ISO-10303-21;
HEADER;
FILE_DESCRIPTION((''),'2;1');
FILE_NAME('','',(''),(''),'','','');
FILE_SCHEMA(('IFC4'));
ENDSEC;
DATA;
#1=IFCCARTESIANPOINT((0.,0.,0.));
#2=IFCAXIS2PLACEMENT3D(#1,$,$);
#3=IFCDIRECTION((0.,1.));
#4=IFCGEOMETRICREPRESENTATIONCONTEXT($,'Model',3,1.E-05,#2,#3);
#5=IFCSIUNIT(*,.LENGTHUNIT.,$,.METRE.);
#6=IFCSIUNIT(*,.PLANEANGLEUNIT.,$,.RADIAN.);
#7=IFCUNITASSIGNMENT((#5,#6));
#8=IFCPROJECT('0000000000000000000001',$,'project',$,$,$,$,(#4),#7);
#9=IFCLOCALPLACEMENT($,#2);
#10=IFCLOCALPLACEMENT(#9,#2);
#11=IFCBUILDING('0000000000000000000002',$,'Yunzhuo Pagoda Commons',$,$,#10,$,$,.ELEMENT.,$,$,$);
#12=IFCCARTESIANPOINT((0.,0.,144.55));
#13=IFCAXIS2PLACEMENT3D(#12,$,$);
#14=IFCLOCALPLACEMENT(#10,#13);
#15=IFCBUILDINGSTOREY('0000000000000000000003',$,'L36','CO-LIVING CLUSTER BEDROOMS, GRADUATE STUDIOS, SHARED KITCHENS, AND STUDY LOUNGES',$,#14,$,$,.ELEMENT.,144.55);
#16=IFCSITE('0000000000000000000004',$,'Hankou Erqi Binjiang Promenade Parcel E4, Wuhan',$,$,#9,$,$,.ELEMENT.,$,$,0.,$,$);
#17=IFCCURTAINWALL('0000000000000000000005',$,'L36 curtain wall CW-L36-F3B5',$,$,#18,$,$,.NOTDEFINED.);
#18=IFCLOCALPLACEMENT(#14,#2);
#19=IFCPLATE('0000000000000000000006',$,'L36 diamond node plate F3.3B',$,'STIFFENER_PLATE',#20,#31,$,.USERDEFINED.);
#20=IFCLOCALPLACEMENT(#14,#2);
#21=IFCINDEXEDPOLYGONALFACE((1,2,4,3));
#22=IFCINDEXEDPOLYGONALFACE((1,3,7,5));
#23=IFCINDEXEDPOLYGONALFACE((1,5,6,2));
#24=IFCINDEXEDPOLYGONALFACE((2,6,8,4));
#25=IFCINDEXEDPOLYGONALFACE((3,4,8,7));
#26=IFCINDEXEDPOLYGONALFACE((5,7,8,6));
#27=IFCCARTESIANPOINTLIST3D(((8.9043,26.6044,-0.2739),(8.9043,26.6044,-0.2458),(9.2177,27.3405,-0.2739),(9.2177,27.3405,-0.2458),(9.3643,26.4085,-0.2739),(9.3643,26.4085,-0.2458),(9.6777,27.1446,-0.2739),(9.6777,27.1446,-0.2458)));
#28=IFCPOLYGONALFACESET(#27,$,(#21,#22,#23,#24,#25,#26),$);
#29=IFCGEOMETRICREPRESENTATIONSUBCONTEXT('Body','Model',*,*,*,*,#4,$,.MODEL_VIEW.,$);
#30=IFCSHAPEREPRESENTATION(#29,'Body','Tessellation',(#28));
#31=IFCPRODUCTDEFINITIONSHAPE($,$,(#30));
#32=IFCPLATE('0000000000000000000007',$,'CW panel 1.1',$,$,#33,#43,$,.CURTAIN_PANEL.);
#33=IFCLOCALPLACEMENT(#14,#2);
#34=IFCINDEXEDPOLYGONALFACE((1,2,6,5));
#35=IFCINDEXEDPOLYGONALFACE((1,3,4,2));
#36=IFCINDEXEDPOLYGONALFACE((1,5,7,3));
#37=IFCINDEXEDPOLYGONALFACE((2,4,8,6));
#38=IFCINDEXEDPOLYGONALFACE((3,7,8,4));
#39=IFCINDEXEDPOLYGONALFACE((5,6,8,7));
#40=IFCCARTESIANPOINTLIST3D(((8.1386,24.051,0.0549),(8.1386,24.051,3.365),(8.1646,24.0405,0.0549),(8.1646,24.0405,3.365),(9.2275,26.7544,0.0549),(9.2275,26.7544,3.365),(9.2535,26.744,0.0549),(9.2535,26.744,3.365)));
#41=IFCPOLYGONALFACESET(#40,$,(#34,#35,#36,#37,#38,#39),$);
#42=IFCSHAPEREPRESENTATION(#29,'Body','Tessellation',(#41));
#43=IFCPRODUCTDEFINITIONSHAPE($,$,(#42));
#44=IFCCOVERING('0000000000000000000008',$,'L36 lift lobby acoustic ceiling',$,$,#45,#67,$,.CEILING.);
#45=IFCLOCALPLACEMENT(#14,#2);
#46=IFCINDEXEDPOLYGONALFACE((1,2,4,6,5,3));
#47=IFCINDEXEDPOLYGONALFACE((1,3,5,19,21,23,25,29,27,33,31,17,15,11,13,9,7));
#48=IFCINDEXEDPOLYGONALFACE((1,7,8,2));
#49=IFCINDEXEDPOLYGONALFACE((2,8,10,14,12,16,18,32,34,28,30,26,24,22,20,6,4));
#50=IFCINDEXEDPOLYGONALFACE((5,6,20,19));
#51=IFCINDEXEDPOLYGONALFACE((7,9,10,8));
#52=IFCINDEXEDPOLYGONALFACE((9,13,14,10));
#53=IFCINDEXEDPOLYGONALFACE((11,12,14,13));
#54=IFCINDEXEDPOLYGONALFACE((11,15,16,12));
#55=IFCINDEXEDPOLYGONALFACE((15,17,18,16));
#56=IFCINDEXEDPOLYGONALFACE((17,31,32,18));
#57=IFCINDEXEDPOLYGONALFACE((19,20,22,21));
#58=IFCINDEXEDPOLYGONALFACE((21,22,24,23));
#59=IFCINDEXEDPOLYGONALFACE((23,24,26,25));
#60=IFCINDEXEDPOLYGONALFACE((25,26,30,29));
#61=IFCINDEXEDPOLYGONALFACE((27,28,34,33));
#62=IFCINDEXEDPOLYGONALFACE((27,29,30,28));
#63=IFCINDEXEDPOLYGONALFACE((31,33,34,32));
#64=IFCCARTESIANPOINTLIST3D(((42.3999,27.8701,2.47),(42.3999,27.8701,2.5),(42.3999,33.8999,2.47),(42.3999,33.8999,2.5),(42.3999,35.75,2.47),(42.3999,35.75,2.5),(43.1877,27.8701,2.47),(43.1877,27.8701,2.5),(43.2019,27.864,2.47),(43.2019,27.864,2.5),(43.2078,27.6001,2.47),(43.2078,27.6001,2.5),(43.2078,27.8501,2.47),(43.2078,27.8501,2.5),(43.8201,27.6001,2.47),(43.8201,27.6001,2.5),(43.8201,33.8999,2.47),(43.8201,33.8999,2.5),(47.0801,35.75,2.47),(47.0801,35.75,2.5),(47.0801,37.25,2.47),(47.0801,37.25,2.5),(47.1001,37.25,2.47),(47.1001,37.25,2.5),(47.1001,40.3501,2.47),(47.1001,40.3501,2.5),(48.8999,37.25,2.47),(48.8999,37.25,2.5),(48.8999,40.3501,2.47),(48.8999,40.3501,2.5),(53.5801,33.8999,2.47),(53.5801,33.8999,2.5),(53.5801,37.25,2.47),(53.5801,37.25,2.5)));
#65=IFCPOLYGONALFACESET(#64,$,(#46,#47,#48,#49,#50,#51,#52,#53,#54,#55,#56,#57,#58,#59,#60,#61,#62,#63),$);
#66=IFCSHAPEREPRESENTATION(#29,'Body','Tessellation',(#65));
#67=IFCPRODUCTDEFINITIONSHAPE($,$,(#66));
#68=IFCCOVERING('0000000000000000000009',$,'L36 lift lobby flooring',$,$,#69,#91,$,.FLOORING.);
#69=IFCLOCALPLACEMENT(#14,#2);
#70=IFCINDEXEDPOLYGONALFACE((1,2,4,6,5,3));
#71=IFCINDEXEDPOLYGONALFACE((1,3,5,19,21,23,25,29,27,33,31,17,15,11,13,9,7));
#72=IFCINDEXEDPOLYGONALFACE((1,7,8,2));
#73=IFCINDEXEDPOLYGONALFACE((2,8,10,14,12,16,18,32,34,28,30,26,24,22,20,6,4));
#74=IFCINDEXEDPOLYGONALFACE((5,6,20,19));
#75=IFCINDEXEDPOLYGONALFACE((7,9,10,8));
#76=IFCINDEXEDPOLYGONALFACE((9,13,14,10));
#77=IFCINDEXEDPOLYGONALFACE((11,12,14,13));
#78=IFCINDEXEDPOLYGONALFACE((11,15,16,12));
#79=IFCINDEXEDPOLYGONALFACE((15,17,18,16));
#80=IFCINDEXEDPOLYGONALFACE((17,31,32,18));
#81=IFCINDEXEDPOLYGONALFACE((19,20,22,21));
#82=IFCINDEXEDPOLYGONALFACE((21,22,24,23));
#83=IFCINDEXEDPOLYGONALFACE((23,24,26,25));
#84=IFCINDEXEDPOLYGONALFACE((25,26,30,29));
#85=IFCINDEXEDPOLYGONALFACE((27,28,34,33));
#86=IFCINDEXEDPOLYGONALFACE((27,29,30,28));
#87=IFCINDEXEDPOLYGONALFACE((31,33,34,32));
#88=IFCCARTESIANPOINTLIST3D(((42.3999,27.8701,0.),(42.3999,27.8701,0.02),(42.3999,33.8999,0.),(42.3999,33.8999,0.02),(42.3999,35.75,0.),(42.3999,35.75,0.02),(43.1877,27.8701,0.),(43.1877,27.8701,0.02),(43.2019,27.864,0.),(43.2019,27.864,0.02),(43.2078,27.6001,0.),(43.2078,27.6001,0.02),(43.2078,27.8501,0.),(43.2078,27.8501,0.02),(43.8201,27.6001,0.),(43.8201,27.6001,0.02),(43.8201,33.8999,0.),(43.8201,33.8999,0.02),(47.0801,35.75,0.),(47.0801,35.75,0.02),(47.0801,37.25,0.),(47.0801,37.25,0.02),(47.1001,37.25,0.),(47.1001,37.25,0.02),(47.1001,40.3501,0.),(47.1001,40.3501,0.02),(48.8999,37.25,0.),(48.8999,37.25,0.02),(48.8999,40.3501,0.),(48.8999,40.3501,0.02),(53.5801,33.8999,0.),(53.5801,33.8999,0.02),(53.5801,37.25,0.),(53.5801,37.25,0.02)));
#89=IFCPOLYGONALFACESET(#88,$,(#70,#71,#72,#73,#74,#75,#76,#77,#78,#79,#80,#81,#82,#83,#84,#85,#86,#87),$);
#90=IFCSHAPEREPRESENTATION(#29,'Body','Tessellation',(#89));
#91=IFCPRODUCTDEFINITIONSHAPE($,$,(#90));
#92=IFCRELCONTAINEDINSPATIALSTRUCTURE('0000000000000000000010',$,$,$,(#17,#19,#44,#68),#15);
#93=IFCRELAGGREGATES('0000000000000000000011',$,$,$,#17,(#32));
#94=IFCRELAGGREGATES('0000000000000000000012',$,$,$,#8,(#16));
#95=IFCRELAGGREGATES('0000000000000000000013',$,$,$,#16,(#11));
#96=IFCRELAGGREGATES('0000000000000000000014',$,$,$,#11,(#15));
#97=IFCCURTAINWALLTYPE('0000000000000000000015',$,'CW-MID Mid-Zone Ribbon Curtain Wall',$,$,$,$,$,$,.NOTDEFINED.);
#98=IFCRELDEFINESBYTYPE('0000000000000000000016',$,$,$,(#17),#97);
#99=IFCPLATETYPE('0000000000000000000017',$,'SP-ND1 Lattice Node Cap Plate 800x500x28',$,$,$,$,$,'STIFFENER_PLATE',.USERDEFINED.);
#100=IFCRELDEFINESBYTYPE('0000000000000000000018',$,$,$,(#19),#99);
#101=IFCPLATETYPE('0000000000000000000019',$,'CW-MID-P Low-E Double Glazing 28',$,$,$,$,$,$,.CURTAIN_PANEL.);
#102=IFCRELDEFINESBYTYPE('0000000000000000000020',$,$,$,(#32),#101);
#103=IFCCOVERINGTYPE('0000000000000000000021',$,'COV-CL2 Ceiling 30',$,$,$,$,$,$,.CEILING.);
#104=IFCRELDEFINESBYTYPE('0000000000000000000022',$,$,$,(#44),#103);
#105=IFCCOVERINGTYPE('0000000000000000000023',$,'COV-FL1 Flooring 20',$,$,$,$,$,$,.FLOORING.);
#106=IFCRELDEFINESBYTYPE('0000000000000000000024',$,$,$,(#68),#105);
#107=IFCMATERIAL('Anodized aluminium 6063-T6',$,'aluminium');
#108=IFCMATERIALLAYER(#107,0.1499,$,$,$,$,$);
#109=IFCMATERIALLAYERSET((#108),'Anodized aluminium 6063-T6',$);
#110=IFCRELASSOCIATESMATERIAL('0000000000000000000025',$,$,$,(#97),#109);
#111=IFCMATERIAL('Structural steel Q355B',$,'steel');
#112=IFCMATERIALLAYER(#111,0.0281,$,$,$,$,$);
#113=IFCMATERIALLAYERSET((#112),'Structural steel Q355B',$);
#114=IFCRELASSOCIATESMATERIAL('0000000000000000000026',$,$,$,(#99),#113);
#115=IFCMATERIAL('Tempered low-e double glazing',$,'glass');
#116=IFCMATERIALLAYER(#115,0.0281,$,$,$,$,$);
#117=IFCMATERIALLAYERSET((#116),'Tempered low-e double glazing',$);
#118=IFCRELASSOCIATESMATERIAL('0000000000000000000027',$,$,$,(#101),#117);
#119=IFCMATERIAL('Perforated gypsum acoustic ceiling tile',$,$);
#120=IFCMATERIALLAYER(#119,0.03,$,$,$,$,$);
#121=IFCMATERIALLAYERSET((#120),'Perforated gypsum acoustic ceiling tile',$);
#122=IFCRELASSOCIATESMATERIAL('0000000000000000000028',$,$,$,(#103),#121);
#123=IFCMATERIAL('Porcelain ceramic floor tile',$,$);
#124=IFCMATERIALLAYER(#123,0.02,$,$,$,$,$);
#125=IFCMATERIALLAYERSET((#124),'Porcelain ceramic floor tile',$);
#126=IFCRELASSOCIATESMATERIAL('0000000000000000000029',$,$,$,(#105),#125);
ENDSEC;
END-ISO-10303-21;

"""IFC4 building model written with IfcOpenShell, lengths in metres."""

from ifc_helpers import new_model, si_unit, direction, frame, origin, origin_2d, place, context, subcontext, project, spatial, polyline, rectangle, outline, extrude, source, transform, mapped, material, layer, layer_set, type_object, element, aggregate, save


model = new_model("IFC4")

# Units and contexts
model_context = context("Model", 3, precision=1e-05, world=origin(), true_north=direction((0.0, 1.0)))
body_context = subcontext(model_context, "Body", "Model", "MODEL_VIEW")
ifc_project = project(units=[si_unit("LENGTHUNIT", "METRE"), si_unit("PLANEANGLEUNIT", "RADIAN")], contexts=[model_context])

# Site, building, storey
site_placement = place(None, origin())
site = spatial("IfcSite", under=ifc_project, at=site_placement, Name="Hankou Erqi Binjiang Promenade Parcel E4, Wuhan", CompositionType="ELEMENT", RefElevation=0.0)
building_placement = place(site_placement, origin())
building = spatial("IfcBuilding", under=site, at=building_placement, Name="Yunzhuo Pagoda Commons", CompositionType="ELEMENT")
storey_placement = place(building_placement, frame((0.0, 0.0, 144.55)))
storey = spatial("IfcBuildingStorey", under=building, at=storey_placement, Name="L36", Description="CO-LIVING CLUSTER BEDROOMS, GRADUATE STUDIOS, SHARED KITCHENS, AND STUDY LOUNGES", CompositionType="ELEMENT", Elevation=144.55)

# Shared definitions
ifc_material_1 = material(Name="Structural steel Q355B", Category="steel")

# Shared definitions
ifc_material_2 = material(Name="Anodized aluminium 6063-T6", Category="aluminium")
ifc_layer_1 = layer(ifc_material_2, 0.1499)
ifc_layer_set_1 = layer_set([ifc_layer_1], Name="Anodized aluminium 6063-T6")
curtain_wall_type = type_object("IfcCurtainWallType", Name="CW-MID Mid-Zone Ribbon Curtain Wall", PredefinedType="NOTDEFINED", material=ifc_layer_set_1)

# Curtain wall
curtain_wall_1_placement = place(storey_placement, origin())
curtain_wall_1 = element("IfcCurtainWall", 1, at=curtain_wall_1_placement, inside=storey, type_object=curtain_wall_type, Name="L36 curtain wall CW-L36-F3B5", PredefinedType="NOTDEFINED")

# Plates
ifc_layer_2 = layer(ifc_material_1, 0.0281)
ifc_layer_set_2 = layer_set([ifc_layer_2], Name="Structural steel Q355B")
plate_type_1 = type_object("IfcPlateType", Name="SP-ND1 Lattice Node Cap Plate 800x500x28", ElementType="STIFFENER_PLATE", PredefinedType="USERDEFINED", material=ifc_layer_set_2)
shared_shape_1 = source(origin(), body_context, "Body", "SweptSolid", [
    extrude(rectangle(XDim=0.8, YDim=0.5, at=origin_2d()), origin(), (0.0, 0.0, 1.0), 0.0281),
])
plate_1_placement = place(storey_placement, frame((9.291, 26.8745, -0.2739), z_axis=(0.0, 0.0, 1.0), x_axis=(-0.391743, -0.920075, 0.0)))
element("IfcPlate", 2, at=plate_1_placement, inside=storey, type_object=plate_type_1, Name="L36 diamond node plate F3.3B", ObjectType="STIFFENER_PLATE", PredefinedType="USERDEFINED", context=body_context, shape_type="MappedRepresentation", body=[
    mapped(shared_shape_1, transform((0.0, 0.0, 0.0), scale=1.0)),
])
ifc_material_3 = material(Name="Tempered low-e double glazing", Category="glass")
ifc_layer_3 = layer(ifc_material_3, 0.0281)
ifc_layer_set_3 = layer_set([ifc_layer_3], Name="Tempered low-e double glazing")
plate_type_2 = type_object("IfcPlateType", Name="CW-MID-P Low-E Double Glazing 28", PredefinedType="CURTAIN_PANEL", material=ifc_layer_set_3)
shared_shape_2 = source(origin(), body_context, "Body", "SweptSolid", [
    extrude(rectangle(XDim=2.9146, YDim=0.0281, at=origin_2d()), origin(), (0.0, 0.0, 1.0), 3.3101),
])
plate_2_placement = place(storey_placement, frame((8.696, 25.3975, 0.0549), z_axis=(0.0, 0.0, 1.0), x_axis=(-0.373617, -0.927583, 0.0)))
plate_2 = element("IfcPlate", 3, at=plate_2_placement, type_object=plate_type_2, Name="CW panel 1.1", PredefinedType="CURTAIN_PANEL", context=body_context, shape_type="MappedRepresentation", body=[
    mapped(shared_shape_2, transform((0.0, 0.0, 0.0), scale=1.0)),
])
aggregate(curtain_wall_1, [plate_2])

# Coverings
ifc_material_4 = material(Name="Perforated gypsum acoustic ceiling tile")
ifc_layer_4 = layer(ifc_material_4, 0.03)
ifc_layer_set_4 = layer_set([ifc_layer_4], Name="Perforated gypsum acoustic ceiling tile")
covering_type_1 = type_object("IfcCoveringType", Name="COV-CL2 Ceiling 30", PredefinedType="CEILING", material=ifc_layer_set_4)
covering_1_placement = place(storey_placement, frame((0.0, 0.0, 2.47)))
element("IfcCovering", 4, at=covering_1_placement, inside=storey, type_object=covering_type_1, Name="L36 lift lobby acoustic ceiling", PredefinedType="CEILING", context=body_context, shape_type="SweptSolid", body=[
    extrude(outline(polyline([(42.3999, 35.75), (47.0801, 35.75), (47.0801, 37.25), (47.1001, 37.25), (47.1001, 40.3501), (48.8999, 40.3501), (48.8999, 37.25), (53.5801, 37.25), (53.5801, 33.8999), (43.8201, 33.8999), (43.8201, 27.6001), (43.2078, 27.6001), (43.2078, 27.8501), (43.2019, 27.864), (43.1877, 27.8701), (42.3999, 27.8701), (42.3999, 33.8999), (42.3999, 35.75)])), origin(), (0.0, 0.0, 1.0), 0.03),
])
ifc_material_5 = material(Name="Porcelain ceramic floor tile")
ifc_layer_5 = layer(ifc_material_5, 0.02)
ifc_layer_set_5 = layer_set([ifc_layer_5], Name="Porcelain ceramic floor tile")
covering_type_2 = type_object("IfcCoveringType", Name="COV-FL1 Flooring 20", PredefinedType="FLOORING", material=ifc_layer_set_5)
covering_2_placement = place(storey_placement, origin())
element("IfcCovering", 5, at=covering_2_placement, inside=storey, type_object=covering_type_2, Name="L36 lift lobby flooring", PredefinedType="FLOORING", context=body_context, shape_type="SweptSolid", body=[
    extrude(outline(polyline([(42.3999, 35.75), (47.0801, 35.75), (47.0801, 37.25), (47.1001, 37.25), (47.1001, 40.3501), (48.8999, 40.3501), (48.8999, 37.25), (53.5801, 37.25), (53.5801, 33.8999), (43.8201, 33.8999), (43.8201, 27.6001), (43.2078, 27.6001), (43.2078, 27.8501), (43.2019, 27.864), (43.1877, 27.8701), (42.3999, 27.8701), (42.3999, 33.8999), (42.3999, 35.75)])), origin(), (0.0, 0.0, 1.0), 0.02),
])

save(model, "model.ifc")
